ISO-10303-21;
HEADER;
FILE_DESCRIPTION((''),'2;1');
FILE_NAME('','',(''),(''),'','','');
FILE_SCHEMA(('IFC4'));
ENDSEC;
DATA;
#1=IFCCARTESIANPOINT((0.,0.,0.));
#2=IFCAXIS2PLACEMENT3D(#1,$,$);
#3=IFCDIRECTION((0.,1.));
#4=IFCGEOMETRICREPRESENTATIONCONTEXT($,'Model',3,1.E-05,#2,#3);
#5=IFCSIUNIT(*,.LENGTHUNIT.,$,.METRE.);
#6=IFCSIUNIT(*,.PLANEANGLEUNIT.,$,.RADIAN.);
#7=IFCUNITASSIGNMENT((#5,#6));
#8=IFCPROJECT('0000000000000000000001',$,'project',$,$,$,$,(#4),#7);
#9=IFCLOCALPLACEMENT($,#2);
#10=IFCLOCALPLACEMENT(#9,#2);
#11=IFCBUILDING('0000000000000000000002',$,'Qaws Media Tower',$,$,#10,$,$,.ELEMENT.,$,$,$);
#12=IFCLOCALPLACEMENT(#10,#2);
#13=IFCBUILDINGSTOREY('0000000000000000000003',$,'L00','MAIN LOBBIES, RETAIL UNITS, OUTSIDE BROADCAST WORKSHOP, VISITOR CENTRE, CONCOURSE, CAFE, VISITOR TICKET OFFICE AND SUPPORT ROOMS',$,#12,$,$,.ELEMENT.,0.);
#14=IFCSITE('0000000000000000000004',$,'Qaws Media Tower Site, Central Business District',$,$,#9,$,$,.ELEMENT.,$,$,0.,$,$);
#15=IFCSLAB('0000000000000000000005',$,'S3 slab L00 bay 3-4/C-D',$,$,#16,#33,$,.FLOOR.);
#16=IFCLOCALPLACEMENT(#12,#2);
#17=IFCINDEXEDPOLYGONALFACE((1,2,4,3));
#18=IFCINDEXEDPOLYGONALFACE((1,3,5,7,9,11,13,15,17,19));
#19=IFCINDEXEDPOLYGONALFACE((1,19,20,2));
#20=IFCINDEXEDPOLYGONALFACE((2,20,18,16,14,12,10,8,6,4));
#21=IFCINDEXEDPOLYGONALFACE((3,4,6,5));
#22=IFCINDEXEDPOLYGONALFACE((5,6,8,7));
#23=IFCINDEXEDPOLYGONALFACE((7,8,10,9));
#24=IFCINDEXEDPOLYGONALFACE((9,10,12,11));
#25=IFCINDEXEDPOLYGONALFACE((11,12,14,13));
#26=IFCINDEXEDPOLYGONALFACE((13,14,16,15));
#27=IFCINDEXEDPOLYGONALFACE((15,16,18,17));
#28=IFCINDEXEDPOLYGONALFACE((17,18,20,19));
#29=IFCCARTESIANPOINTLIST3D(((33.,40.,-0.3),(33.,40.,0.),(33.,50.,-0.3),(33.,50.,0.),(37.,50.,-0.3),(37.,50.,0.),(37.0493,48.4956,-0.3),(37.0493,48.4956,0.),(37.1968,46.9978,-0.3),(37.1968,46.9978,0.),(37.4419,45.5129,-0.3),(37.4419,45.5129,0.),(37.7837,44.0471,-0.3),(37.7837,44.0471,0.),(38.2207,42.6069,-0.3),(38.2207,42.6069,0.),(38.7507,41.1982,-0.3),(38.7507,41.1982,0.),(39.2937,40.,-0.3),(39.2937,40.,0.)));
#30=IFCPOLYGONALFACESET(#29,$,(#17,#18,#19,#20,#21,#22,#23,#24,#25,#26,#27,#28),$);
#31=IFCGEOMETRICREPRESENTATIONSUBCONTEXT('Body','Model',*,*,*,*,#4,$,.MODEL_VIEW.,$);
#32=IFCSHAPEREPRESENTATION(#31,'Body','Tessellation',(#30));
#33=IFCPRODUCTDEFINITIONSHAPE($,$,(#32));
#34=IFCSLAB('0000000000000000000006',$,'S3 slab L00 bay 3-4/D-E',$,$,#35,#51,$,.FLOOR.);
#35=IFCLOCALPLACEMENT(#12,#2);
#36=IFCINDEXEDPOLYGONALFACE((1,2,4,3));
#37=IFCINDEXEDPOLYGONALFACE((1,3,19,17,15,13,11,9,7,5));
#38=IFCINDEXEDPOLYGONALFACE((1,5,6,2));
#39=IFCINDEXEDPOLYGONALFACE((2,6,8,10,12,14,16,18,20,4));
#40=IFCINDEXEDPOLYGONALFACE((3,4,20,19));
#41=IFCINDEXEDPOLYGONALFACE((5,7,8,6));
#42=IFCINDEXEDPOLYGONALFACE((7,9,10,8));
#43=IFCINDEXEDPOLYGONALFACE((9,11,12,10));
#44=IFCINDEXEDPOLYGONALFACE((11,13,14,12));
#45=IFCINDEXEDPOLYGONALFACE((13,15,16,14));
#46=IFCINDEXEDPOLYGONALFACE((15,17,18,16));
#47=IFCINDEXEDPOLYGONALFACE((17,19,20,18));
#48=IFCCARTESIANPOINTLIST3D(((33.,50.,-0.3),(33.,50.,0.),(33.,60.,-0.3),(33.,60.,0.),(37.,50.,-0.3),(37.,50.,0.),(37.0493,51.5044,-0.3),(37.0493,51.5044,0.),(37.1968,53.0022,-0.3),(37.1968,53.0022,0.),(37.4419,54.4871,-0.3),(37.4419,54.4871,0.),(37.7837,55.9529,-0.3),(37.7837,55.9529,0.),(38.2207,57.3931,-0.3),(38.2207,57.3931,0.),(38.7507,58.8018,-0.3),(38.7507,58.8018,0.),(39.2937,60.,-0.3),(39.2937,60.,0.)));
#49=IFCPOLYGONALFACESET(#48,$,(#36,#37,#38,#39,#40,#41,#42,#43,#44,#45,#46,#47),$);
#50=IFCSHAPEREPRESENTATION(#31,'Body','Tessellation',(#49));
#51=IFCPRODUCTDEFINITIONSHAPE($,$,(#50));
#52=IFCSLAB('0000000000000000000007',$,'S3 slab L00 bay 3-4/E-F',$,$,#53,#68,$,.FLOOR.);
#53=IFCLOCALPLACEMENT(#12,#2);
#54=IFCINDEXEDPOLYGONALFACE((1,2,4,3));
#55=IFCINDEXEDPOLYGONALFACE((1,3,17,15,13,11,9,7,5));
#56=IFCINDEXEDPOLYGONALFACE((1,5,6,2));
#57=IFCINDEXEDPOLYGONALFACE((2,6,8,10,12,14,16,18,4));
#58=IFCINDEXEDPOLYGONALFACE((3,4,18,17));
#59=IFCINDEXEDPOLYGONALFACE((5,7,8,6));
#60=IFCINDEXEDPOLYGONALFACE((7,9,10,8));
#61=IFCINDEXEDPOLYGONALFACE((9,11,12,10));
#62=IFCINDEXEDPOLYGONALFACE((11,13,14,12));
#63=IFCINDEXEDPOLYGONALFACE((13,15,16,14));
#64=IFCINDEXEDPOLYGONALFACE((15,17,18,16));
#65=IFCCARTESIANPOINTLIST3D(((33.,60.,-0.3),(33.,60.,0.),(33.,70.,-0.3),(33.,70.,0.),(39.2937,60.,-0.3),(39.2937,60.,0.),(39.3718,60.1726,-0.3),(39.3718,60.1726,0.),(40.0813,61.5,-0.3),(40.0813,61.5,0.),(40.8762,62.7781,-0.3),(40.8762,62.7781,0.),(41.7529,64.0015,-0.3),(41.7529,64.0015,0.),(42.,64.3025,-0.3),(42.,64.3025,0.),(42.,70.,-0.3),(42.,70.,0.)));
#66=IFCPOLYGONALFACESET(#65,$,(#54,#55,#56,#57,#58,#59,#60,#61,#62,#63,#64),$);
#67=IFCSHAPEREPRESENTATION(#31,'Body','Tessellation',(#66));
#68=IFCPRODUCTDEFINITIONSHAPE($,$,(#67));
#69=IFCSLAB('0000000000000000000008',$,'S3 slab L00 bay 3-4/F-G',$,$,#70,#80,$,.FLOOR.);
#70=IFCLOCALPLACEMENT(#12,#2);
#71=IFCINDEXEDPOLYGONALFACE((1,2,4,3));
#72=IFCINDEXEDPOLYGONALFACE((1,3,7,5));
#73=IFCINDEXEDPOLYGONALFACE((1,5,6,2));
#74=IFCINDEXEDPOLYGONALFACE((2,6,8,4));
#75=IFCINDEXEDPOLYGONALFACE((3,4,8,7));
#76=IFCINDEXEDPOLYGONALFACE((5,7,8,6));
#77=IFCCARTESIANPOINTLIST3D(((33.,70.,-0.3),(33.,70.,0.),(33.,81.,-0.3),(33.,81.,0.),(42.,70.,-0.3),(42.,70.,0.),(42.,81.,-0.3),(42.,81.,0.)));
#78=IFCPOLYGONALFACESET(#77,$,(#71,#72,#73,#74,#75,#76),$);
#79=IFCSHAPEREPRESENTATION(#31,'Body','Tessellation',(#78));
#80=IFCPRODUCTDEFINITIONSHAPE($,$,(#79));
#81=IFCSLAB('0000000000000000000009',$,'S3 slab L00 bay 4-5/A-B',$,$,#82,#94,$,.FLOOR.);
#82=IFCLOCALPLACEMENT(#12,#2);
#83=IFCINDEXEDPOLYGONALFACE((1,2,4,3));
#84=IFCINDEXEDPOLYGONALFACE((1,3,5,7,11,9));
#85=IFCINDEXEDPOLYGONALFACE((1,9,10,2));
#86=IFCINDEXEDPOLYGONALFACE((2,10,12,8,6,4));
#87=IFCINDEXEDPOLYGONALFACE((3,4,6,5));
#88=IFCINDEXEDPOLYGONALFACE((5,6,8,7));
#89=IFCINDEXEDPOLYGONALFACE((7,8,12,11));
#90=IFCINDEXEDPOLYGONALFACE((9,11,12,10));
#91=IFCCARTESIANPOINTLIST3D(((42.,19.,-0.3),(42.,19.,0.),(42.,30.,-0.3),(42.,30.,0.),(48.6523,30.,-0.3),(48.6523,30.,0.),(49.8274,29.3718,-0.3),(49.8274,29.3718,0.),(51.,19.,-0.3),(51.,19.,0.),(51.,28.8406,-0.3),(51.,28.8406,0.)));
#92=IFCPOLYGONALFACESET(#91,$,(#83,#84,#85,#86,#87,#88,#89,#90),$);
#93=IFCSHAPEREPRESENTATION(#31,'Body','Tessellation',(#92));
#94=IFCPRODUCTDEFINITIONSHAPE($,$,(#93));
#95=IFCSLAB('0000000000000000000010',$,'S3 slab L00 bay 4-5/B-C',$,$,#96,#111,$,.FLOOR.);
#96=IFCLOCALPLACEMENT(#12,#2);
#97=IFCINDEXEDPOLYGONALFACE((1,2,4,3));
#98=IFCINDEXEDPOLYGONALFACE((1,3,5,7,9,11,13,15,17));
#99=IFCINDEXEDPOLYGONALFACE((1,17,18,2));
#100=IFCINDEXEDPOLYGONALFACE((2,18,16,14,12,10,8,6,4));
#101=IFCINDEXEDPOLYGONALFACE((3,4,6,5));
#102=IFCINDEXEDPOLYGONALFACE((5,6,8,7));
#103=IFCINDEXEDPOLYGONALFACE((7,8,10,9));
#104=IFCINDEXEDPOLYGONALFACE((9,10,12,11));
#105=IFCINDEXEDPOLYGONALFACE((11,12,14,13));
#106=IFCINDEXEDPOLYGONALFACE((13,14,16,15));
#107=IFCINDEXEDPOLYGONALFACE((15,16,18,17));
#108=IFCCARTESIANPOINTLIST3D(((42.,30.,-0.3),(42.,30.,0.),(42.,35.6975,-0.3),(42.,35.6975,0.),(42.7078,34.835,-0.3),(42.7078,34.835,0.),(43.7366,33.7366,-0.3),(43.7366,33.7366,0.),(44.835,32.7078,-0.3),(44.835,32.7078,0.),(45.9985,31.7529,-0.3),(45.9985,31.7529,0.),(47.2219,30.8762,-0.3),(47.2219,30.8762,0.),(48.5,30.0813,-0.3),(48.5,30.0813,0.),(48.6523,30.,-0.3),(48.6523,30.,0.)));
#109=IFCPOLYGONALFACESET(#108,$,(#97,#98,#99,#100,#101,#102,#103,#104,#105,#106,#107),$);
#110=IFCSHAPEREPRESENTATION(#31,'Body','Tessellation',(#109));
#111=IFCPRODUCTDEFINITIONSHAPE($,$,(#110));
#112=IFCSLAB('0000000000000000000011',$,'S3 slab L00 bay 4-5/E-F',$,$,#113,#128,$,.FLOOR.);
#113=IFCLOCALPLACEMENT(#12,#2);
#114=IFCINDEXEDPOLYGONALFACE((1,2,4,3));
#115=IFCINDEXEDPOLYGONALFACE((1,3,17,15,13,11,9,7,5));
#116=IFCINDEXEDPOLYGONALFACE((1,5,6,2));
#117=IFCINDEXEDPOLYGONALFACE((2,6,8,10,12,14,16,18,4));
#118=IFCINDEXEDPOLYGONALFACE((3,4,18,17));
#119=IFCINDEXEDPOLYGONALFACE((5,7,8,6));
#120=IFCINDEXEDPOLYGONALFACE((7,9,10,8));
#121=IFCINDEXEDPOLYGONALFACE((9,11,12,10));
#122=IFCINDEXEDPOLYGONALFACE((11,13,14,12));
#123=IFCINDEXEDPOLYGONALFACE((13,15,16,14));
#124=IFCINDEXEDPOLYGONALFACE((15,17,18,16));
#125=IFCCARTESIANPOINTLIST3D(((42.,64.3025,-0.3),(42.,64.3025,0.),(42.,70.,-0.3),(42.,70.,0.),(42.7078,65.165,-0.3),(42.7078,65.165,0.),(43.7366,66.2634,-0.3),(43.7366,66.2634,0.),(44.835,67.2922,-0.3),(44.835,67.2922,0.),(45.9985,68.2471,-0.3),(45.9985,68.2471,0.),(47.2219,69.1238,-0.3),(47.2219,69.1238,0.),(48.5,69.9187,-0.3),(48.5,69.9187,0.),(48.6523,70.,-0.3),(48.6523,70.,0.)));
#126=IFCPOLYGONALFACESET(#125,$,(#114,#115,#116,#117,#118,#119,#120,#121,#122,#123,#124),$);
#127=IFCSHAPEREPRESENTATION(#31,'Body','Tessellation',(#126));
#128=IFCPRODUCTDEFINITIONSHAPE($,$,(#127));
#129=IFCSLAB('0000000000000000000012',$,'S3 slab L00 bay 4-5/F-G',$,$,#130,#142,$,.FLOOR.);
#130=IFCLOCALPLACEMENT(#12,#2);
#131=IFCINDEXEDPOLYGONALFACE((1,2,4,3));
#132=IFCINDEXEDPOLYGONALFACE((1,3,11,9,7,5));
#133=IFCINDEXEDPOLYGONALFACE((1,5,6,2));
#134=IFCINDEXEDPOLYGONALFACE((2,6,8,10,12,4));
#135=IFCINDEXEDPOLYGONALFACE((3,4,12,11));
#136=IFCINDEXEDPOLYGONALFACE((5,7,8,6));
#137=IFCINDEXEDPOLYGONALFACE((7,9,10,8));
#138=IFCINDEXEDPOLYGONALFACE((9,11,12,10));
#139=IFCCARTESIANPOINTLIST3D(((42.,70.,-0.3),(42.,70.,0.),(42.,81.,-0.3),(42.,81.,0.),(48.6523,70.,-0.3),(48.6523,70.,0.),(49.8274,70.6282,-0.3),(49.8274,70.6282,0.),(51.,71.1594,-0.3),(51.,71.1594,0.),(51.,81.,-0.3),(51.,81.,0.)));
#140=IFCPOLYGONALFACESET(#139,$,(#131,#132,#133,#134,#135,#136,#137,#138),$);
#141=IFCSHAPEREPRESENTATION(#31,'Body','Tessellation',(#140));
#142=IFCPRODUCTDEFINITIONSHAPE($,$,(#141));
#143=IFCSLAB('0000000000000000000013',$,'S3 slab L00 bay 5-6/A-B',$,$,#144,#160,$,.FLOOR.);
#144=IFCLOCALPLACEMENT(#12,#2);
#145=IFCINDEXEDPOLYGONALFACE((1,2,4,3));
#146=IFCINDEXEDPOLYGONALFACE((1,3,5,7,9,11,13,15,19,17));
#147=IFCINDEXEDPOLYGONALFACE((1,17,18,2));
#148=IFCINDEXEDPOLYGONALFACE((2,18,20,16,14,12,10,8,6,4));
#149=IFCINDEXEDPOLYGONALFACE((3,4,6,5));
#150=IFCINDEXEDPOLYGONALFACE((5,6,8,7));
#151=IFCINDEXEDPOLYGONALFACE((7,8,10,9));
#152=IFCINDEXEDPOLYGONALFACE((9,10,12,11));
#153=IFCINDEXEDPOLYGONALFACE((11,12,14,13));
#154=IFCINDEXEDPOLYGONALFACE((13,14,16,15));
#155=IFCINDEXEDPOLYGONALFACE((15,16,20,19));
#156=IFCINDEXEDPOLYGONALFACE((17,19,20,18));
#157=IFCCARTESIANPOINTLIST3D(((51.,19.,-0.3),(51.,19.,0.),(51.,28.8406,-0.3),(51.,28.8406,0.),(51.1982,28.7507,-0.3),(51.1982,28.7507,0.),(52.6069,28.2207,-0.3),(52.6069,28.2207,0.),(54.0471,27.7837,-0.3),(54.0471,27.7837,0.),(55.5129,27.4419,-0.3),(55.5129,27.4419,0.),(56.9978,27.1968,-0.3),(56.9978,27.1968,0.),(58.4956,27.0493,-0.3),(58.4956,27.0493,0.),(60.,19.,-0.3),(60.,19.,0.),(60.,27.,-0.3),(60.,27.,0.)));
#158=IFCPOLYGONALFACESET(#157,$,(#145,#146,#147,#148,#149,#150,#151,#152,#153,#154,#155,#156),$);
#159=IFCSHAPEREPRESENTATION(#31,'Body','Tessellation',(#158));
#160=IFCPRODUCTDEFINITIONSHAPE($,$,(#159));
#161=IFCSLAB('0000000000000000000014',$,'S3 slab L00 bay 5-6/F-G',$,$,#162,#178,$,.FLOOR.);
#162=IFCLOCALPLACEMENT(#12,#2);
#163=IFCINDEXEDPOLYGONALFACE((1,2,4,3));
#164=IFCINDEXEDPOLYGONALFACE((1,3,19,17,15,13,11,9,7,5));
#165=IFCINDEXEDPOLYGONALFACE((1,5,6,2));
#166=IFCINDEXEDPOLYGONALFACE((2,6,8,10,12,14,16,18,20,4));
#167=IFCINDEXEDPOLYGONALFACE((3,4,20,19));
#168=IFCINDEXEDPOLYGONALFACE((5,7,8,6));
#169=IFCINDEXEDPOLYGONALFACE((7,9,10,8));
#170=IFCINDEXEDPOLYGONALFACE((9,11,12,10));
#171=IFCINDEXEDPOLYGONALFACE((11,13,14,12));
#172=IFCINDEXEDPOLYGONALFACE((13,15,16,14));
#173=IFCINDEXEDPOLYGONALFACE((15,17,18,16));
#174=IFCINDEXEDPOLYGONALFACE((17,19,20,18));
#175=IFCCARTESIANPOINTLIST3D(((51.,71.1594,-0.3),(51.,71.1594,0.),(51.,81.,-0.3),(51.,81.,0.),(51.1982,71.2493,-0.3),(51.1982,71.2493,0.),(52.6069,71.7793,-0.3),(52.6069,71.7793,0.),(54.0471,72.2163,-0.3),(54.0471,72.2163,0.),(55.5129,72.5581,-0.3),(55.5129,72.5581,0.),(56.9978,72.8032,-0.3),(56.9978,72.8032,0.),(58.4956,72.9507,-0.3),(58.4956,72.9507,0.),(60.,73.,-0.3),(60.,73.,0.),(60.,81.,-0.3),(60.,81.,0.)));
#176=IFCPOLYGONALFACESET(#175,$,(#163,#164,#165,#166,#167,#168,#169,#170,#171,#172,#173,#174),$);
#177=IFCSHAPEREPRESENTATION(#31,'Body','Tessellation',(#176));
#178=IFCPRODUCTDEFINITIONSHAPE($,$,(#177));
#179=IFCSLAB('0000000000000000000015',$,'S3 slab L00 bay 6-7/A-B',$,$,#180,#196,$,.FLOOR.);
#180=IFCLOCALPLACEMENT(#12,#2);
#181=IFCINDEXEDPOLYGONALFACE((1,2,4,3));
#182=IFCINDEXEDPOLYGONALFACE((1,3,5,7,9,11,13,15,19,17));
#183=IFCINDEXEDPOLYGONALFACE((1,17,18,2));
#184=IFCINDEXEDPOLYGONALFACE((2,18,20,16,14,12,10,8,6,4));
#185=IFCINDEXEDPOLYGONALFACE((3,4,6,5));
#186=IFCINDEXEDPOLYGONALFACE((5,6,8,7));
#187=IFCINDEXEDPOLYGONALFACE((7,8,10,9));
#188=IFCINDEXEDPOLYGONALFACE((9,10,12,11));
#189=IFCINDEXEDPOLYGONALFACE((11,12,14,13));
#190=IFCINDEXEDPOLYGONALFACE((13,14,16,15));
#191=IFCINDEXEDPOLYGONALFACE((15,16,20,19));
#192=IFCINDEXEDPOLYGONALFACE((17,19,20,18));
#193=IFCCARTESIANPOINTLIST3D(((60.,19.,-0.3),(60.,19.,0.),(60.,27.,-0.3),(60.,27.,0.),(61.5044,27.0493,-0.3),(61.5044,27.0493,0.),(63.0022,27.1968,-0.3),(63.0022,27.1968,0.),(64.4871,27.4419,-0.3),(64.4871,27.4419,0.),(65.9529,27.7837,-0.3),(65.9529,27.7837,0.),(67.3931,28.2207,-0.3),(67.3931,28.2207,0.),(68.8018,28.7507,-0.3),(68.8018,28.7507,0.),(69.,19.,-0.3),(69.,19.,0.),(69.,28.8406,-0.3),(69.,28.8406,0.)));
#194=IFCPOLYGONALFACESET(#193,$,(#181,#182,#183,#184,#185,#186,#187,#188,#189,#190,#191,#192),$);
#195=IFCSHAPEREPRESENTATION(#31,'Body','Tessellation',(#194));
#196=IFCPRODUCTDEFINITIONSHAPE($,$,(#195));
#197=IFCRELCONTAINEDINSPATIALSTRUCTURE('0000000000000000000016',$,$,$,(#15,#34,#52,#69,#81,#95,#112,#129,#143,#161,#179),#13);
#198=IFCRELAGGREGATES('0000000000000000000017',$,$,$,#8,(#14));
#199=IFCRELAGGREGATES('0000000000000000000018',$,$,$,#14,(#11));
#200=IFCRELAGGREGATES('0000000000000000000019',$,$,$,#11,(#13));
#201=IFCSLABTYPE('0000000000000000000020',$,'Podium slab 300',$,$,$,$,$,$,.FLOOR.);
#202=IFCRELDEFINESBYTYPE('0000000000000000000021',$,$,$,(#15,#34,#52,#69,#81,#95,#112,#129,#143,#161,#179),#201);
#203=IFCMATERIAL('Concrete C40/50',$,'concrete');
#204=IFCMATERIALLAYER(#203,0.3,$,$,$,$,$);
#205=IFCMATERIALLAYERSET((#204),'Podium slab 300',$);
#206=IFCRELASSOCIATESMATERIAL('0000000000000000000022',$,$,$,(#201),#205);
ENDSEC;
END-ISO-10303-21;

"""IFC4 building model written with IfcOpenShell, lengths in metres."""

from ifc_helpers import new_model, si_unit, direction, frame, origin, place, context, subcontext, project, spatial, polyline, outline, extrude, material, layer, layer_set, type_object, element, save


model = new_model("IFC4")

# Units and contexts
model_context = context("Model", 3, precision=1e-05, world=origin(), true_north=direction((0.0, 1.0)))
body_context = subcontext(model_context, "Body", "Model", "MODEL_VIEW")
ifc_project = project(units=[si_unit("LENGTHUNIT", "METRE"), si_unit("PLANEANGLEUNIT", "RADIAN")], contexts=[model_context])

# Site, building, storey
site_placement = place(None, origin())
site = spatial("IfcSite", under=ifc_project, at=site_placement, Name="Qaws Media Tower Site, Central Business District", CompositionType="ELEMENT", RefElevation=0.0)
building_placement = place(site_placement, origin())
building = spatial("IfcBuilding", under=site, at=building_placement, Name="Qaws Media Tower", CompositionType="ELEMENT")
storey_placement = place(building_placement, origin())
storey = spatial("IfcBuildingStorey", under=building, at=storey_placement, Name="L00", Description="MAIN LOBBIES, RETAIL UNITS, OUTSIDE BROADCAST WORKSHOP, VISITOR CENTRE, CONCOURSE, CAFE, VISITOR TICKET OFFICE AND SUPPORT ROOMS", CompositionType="ELEMENT", Elevation=0.0)

# Slabs
ifc_material = material(Name="Concrete C40/50", Category="concrete")
ifc_layer = layer(ifc_material, 0.3)
ifc_layer_set = layer_set([ifc_layer], Name="Podium slab 300")
slab_type = type_object("IfcSlabType", Name="Podium slab 300", PredefinedType="FLOOR", material=ifc_layer_set)
slab_1_placement = place(storey_placement, frame((0.0, 0.0, -0.3)))
element("IfcSlab", 1, at=slab_1_placement, inside=storey, type_object=slab_type, Name="S3 slab L00 bay 3-4/C-D", PredefinedType="FLOOR", context=body_context, shape_type="SweptSolid", body=[
    extrude(outline(polyline([(37.0493, 48.4956), (37.1968, 46.9978), (37.4419, 45.5129), (37.7837, 44.0471), (38.2207, 42.6069), (38.7507, 41.1982), (39.2937, 40.0), (33.0, 40.0), (33.0, 50.0), (37.0, 50.0), (37.0493, 48.4956)])), origin(), (0.0, 0.0, 1.0), 0.3),
])
slab_2_placement = place(storey_placement, frame((0.0, 0.0, -0.3)))
element("IfcSlab", 2, at=slab_2_placement, inside=storey, type_object=slab_type, Name="S3 slab L00 bay 3-4/D-E", PredefinedType="FLOOR", context=body_context, shape_type="SweptSolid", body=[
    extrude(outline(polyline([(38.7507, 58.8018), (38.2207, 57.3931), (37.7837, 55.9529), (37.4419, 54.4871), (37.1968, 53.0022), (37.0493, 51.5044), (37.0, 50.0), (33.0, 50.0), (33.0, 60.0), (39.2937, 60.0), (38.7507, 58.8018)])), origin(), (0.0, 0.0, 1.0), 0.3),
])
slab_3_placement = place(storey_placement, frame((0.0, 0.0, -0.3)))
element("IfcSlab", 3, at=slab_3_placement, inside=storey, type_object=slab_type, Name="S3 slab L00 bay 3-4/E-F", PredefinedType="FLOOR", context=body_context, shape_type="SweptSolid", body=[
    extrude(outline(polyline([(41.7529, 64.0015), (40.8762, 62.7781), (40.0813, 61.5), (39.3718, 60.1726), (39.2937, 60.0), (33.0, 60.0), (33.0, 70.0), (42.0, 70.0), (42.0, 64.3025), (41.7529, 64.0015)])), origin(), (0.0, 0.0, 1.0), 0.3),
])
slab_4_placement = place(storey_placement, frame((0.0, 0.0, -0.3)))
element("IfcSlab", 4, at=slab_4_placement, inside=storey, type_object=slab_type, Name="S3 slab L00 bay 3-4/F-G", PredefinedType="FLOOR", context=body_context, shape_type="SweptSolid", body=[
    extrude(outline(polyline([(42.0, 81.0), (42.0, 70.0), (33.0, 70.0), (33.0, 81.0), (42.0, 81.0)])), origin(), (0.0, 0.0, 1.0), 0.3),
])
slab_5_placement = place(storey_placement, frame((0.0, 0.0, -0.3)))
element("IfcSlab", 5, at=slab_5_placement, inside=storey, type_object=slab_type, Name="S3 slab L00 bay 4-5/A-B", PredefinedType="FLOOR", context=body_context, shape_type="SweptSolid", body=[
    extrude(outline(polyline([(42.0, 19.0), (42.0, 30.0), (48.6523, 30.0), (49.8274, 29.3718), (51.0, 28.8406), (51.0, 19.0), (42.0, 19.0)])), origin(), (0.0, 0.0, 1.0), 0.3),
])
slab_6_placement = place(storey_placement, frame((0.0, 0.0, -0.3)))
element("IfcSlab", 6, at=slab_6_placement, inside=storey, type_object=slab_type, Name="S3 slab L00 bay 4-5/B-C", PredefinedType="FLOOR", context=body_context, shape_type="SweptSolid", body=[
    extrude(outline(polyline([(42.7078, 34.835), (43.7366, 33.7366), (44.835, 32.7078), (45.9985, 31.7529), (47.2219, 30.8762), (48.5, 30.0813), (48.6523, 30.0), (42.0, 30.0), (42.0, 35.6975), (42.7078, 34.835)])), origin(), (0.0, 0.0, 1.0), 0.3),
])
slab_7_placement = place(storey_placement, frame((0.0, 0.0, -0.3)))
element("IfcSlab", 7, at=slab_7_placement, inside=storey, type_object=slab_type, Name="S3 slab L00 bay 4-5/E-F", PredefinedType="FLOOR", context=body_context, shape_type="SweptSolid", body=[
    extrude(outline(polyline([(48.5, 69.9187), (47.2219, 69.1238), (45.9985, 68.2471), (44.835, 67.2922), (43.7366, 66.2634), (42.7078, 65.165), (42.0, 64.3025), (42.0, 70.0), (48.6523, 70.0), (48.5, 69.9187)])), origin(), (0.0, 0.0, 1.0), 0.3),
])
slab_8_placement = place(storey_placement, frame((0.0, 0.0, -0.3)))
element("IfcSlab", 8, at=slab_8_placement, inside=storey, type_object=slab_type, Name="S3 slab L00 bay 4-5/F-G", PredefinedType="FLOOR", context=body_context, shape_type="SweptSolid", body=[
    extrude(outline(polyline([(51.0, 81.0), (51.0, 71.1594), (49.8274, 70.6282), (48.6523, 70.0), (42.0, 70.0), (42.0, 81.0), (51.0, 81.0)])), origin(), (0.0, 0.0, 1.0), 0.3),
])
slab_9_placement = place(storey_placement, frame((0.0, 0.0, -0.3)))
element("IfcSlab", 9, at=slab_9_placement, inside=storey, type_object=slab_type, Name="S3 slab L00 bay 5-6/A-B", PredefinedType="FLOOR", context=body_context, shape_type="SweptSolid", body=[
    extrude(outline(polyline([(51.0, 19.0), (51.0, 28.8406), (51.1982, 28.7507), (52.6069, 28.2207), (54.0471, 27.7837), (55.5129, 27.4419), (56.9978, 27.1968), (58.4956, 27.0493), (60.0, 27.0), (60.0, 19.0), (51.0, 19.0)])), origin(), (0.0, 0.0, 1.0), 0.3),
])
slab_10_placement = place(storey_placement, frame((0.0, 0.0, -0.3)))
element("IfcSlab", 10, at=slab_10_placement, inside=storey, type_object=slab_type, Name="S3 slab L00 bay 5-6/F-G", PredefinedType="FLOOR", context=body_context, shape_type="SweptSolid", body=[
    extrude(outline(polyline([(60.0, 81.0), (60.0, 73.0), (58.4956, 72.9507), (56.9978, 72.8032), (55.5129, 72.5581), (54.0471, 72.2163), (52.6069, 71.7793), (51.1982, 71.2493), (51.0, 71.1594), (51.0, 81.0), (60.0, 81.0)])), origin(), (0.0, 0.0, 1.0), 0.3),
])
slab_11_placement = place(storey_placement, frame((0.0, 0.0, -0.3)))
element("IfcSlab", 11, at=slab_11_placement, inside=storey, type_object=slab_type, Name="S3 slab L00 bay 6-7/A-B", PredefinedType="FLOOR", context=body_context, shape_type="SweptSolid", body=[
    extrude(outline(polyline([(60.0, 19.0), (60.0, 27.0), (61.5044, 27.0493), (63.0022, 27.1968), (64.4871, 27.4419), (65.9529, 27.7837), (67.3931, 28.2207), (68.8018, 28.7507), (69.0, 28.8406), (69.0, 19.0), (60.0, 19.0)])), origin(), (0.0, 0.0, 1.0), 0.3),
])

save(model, "model.ifc")
